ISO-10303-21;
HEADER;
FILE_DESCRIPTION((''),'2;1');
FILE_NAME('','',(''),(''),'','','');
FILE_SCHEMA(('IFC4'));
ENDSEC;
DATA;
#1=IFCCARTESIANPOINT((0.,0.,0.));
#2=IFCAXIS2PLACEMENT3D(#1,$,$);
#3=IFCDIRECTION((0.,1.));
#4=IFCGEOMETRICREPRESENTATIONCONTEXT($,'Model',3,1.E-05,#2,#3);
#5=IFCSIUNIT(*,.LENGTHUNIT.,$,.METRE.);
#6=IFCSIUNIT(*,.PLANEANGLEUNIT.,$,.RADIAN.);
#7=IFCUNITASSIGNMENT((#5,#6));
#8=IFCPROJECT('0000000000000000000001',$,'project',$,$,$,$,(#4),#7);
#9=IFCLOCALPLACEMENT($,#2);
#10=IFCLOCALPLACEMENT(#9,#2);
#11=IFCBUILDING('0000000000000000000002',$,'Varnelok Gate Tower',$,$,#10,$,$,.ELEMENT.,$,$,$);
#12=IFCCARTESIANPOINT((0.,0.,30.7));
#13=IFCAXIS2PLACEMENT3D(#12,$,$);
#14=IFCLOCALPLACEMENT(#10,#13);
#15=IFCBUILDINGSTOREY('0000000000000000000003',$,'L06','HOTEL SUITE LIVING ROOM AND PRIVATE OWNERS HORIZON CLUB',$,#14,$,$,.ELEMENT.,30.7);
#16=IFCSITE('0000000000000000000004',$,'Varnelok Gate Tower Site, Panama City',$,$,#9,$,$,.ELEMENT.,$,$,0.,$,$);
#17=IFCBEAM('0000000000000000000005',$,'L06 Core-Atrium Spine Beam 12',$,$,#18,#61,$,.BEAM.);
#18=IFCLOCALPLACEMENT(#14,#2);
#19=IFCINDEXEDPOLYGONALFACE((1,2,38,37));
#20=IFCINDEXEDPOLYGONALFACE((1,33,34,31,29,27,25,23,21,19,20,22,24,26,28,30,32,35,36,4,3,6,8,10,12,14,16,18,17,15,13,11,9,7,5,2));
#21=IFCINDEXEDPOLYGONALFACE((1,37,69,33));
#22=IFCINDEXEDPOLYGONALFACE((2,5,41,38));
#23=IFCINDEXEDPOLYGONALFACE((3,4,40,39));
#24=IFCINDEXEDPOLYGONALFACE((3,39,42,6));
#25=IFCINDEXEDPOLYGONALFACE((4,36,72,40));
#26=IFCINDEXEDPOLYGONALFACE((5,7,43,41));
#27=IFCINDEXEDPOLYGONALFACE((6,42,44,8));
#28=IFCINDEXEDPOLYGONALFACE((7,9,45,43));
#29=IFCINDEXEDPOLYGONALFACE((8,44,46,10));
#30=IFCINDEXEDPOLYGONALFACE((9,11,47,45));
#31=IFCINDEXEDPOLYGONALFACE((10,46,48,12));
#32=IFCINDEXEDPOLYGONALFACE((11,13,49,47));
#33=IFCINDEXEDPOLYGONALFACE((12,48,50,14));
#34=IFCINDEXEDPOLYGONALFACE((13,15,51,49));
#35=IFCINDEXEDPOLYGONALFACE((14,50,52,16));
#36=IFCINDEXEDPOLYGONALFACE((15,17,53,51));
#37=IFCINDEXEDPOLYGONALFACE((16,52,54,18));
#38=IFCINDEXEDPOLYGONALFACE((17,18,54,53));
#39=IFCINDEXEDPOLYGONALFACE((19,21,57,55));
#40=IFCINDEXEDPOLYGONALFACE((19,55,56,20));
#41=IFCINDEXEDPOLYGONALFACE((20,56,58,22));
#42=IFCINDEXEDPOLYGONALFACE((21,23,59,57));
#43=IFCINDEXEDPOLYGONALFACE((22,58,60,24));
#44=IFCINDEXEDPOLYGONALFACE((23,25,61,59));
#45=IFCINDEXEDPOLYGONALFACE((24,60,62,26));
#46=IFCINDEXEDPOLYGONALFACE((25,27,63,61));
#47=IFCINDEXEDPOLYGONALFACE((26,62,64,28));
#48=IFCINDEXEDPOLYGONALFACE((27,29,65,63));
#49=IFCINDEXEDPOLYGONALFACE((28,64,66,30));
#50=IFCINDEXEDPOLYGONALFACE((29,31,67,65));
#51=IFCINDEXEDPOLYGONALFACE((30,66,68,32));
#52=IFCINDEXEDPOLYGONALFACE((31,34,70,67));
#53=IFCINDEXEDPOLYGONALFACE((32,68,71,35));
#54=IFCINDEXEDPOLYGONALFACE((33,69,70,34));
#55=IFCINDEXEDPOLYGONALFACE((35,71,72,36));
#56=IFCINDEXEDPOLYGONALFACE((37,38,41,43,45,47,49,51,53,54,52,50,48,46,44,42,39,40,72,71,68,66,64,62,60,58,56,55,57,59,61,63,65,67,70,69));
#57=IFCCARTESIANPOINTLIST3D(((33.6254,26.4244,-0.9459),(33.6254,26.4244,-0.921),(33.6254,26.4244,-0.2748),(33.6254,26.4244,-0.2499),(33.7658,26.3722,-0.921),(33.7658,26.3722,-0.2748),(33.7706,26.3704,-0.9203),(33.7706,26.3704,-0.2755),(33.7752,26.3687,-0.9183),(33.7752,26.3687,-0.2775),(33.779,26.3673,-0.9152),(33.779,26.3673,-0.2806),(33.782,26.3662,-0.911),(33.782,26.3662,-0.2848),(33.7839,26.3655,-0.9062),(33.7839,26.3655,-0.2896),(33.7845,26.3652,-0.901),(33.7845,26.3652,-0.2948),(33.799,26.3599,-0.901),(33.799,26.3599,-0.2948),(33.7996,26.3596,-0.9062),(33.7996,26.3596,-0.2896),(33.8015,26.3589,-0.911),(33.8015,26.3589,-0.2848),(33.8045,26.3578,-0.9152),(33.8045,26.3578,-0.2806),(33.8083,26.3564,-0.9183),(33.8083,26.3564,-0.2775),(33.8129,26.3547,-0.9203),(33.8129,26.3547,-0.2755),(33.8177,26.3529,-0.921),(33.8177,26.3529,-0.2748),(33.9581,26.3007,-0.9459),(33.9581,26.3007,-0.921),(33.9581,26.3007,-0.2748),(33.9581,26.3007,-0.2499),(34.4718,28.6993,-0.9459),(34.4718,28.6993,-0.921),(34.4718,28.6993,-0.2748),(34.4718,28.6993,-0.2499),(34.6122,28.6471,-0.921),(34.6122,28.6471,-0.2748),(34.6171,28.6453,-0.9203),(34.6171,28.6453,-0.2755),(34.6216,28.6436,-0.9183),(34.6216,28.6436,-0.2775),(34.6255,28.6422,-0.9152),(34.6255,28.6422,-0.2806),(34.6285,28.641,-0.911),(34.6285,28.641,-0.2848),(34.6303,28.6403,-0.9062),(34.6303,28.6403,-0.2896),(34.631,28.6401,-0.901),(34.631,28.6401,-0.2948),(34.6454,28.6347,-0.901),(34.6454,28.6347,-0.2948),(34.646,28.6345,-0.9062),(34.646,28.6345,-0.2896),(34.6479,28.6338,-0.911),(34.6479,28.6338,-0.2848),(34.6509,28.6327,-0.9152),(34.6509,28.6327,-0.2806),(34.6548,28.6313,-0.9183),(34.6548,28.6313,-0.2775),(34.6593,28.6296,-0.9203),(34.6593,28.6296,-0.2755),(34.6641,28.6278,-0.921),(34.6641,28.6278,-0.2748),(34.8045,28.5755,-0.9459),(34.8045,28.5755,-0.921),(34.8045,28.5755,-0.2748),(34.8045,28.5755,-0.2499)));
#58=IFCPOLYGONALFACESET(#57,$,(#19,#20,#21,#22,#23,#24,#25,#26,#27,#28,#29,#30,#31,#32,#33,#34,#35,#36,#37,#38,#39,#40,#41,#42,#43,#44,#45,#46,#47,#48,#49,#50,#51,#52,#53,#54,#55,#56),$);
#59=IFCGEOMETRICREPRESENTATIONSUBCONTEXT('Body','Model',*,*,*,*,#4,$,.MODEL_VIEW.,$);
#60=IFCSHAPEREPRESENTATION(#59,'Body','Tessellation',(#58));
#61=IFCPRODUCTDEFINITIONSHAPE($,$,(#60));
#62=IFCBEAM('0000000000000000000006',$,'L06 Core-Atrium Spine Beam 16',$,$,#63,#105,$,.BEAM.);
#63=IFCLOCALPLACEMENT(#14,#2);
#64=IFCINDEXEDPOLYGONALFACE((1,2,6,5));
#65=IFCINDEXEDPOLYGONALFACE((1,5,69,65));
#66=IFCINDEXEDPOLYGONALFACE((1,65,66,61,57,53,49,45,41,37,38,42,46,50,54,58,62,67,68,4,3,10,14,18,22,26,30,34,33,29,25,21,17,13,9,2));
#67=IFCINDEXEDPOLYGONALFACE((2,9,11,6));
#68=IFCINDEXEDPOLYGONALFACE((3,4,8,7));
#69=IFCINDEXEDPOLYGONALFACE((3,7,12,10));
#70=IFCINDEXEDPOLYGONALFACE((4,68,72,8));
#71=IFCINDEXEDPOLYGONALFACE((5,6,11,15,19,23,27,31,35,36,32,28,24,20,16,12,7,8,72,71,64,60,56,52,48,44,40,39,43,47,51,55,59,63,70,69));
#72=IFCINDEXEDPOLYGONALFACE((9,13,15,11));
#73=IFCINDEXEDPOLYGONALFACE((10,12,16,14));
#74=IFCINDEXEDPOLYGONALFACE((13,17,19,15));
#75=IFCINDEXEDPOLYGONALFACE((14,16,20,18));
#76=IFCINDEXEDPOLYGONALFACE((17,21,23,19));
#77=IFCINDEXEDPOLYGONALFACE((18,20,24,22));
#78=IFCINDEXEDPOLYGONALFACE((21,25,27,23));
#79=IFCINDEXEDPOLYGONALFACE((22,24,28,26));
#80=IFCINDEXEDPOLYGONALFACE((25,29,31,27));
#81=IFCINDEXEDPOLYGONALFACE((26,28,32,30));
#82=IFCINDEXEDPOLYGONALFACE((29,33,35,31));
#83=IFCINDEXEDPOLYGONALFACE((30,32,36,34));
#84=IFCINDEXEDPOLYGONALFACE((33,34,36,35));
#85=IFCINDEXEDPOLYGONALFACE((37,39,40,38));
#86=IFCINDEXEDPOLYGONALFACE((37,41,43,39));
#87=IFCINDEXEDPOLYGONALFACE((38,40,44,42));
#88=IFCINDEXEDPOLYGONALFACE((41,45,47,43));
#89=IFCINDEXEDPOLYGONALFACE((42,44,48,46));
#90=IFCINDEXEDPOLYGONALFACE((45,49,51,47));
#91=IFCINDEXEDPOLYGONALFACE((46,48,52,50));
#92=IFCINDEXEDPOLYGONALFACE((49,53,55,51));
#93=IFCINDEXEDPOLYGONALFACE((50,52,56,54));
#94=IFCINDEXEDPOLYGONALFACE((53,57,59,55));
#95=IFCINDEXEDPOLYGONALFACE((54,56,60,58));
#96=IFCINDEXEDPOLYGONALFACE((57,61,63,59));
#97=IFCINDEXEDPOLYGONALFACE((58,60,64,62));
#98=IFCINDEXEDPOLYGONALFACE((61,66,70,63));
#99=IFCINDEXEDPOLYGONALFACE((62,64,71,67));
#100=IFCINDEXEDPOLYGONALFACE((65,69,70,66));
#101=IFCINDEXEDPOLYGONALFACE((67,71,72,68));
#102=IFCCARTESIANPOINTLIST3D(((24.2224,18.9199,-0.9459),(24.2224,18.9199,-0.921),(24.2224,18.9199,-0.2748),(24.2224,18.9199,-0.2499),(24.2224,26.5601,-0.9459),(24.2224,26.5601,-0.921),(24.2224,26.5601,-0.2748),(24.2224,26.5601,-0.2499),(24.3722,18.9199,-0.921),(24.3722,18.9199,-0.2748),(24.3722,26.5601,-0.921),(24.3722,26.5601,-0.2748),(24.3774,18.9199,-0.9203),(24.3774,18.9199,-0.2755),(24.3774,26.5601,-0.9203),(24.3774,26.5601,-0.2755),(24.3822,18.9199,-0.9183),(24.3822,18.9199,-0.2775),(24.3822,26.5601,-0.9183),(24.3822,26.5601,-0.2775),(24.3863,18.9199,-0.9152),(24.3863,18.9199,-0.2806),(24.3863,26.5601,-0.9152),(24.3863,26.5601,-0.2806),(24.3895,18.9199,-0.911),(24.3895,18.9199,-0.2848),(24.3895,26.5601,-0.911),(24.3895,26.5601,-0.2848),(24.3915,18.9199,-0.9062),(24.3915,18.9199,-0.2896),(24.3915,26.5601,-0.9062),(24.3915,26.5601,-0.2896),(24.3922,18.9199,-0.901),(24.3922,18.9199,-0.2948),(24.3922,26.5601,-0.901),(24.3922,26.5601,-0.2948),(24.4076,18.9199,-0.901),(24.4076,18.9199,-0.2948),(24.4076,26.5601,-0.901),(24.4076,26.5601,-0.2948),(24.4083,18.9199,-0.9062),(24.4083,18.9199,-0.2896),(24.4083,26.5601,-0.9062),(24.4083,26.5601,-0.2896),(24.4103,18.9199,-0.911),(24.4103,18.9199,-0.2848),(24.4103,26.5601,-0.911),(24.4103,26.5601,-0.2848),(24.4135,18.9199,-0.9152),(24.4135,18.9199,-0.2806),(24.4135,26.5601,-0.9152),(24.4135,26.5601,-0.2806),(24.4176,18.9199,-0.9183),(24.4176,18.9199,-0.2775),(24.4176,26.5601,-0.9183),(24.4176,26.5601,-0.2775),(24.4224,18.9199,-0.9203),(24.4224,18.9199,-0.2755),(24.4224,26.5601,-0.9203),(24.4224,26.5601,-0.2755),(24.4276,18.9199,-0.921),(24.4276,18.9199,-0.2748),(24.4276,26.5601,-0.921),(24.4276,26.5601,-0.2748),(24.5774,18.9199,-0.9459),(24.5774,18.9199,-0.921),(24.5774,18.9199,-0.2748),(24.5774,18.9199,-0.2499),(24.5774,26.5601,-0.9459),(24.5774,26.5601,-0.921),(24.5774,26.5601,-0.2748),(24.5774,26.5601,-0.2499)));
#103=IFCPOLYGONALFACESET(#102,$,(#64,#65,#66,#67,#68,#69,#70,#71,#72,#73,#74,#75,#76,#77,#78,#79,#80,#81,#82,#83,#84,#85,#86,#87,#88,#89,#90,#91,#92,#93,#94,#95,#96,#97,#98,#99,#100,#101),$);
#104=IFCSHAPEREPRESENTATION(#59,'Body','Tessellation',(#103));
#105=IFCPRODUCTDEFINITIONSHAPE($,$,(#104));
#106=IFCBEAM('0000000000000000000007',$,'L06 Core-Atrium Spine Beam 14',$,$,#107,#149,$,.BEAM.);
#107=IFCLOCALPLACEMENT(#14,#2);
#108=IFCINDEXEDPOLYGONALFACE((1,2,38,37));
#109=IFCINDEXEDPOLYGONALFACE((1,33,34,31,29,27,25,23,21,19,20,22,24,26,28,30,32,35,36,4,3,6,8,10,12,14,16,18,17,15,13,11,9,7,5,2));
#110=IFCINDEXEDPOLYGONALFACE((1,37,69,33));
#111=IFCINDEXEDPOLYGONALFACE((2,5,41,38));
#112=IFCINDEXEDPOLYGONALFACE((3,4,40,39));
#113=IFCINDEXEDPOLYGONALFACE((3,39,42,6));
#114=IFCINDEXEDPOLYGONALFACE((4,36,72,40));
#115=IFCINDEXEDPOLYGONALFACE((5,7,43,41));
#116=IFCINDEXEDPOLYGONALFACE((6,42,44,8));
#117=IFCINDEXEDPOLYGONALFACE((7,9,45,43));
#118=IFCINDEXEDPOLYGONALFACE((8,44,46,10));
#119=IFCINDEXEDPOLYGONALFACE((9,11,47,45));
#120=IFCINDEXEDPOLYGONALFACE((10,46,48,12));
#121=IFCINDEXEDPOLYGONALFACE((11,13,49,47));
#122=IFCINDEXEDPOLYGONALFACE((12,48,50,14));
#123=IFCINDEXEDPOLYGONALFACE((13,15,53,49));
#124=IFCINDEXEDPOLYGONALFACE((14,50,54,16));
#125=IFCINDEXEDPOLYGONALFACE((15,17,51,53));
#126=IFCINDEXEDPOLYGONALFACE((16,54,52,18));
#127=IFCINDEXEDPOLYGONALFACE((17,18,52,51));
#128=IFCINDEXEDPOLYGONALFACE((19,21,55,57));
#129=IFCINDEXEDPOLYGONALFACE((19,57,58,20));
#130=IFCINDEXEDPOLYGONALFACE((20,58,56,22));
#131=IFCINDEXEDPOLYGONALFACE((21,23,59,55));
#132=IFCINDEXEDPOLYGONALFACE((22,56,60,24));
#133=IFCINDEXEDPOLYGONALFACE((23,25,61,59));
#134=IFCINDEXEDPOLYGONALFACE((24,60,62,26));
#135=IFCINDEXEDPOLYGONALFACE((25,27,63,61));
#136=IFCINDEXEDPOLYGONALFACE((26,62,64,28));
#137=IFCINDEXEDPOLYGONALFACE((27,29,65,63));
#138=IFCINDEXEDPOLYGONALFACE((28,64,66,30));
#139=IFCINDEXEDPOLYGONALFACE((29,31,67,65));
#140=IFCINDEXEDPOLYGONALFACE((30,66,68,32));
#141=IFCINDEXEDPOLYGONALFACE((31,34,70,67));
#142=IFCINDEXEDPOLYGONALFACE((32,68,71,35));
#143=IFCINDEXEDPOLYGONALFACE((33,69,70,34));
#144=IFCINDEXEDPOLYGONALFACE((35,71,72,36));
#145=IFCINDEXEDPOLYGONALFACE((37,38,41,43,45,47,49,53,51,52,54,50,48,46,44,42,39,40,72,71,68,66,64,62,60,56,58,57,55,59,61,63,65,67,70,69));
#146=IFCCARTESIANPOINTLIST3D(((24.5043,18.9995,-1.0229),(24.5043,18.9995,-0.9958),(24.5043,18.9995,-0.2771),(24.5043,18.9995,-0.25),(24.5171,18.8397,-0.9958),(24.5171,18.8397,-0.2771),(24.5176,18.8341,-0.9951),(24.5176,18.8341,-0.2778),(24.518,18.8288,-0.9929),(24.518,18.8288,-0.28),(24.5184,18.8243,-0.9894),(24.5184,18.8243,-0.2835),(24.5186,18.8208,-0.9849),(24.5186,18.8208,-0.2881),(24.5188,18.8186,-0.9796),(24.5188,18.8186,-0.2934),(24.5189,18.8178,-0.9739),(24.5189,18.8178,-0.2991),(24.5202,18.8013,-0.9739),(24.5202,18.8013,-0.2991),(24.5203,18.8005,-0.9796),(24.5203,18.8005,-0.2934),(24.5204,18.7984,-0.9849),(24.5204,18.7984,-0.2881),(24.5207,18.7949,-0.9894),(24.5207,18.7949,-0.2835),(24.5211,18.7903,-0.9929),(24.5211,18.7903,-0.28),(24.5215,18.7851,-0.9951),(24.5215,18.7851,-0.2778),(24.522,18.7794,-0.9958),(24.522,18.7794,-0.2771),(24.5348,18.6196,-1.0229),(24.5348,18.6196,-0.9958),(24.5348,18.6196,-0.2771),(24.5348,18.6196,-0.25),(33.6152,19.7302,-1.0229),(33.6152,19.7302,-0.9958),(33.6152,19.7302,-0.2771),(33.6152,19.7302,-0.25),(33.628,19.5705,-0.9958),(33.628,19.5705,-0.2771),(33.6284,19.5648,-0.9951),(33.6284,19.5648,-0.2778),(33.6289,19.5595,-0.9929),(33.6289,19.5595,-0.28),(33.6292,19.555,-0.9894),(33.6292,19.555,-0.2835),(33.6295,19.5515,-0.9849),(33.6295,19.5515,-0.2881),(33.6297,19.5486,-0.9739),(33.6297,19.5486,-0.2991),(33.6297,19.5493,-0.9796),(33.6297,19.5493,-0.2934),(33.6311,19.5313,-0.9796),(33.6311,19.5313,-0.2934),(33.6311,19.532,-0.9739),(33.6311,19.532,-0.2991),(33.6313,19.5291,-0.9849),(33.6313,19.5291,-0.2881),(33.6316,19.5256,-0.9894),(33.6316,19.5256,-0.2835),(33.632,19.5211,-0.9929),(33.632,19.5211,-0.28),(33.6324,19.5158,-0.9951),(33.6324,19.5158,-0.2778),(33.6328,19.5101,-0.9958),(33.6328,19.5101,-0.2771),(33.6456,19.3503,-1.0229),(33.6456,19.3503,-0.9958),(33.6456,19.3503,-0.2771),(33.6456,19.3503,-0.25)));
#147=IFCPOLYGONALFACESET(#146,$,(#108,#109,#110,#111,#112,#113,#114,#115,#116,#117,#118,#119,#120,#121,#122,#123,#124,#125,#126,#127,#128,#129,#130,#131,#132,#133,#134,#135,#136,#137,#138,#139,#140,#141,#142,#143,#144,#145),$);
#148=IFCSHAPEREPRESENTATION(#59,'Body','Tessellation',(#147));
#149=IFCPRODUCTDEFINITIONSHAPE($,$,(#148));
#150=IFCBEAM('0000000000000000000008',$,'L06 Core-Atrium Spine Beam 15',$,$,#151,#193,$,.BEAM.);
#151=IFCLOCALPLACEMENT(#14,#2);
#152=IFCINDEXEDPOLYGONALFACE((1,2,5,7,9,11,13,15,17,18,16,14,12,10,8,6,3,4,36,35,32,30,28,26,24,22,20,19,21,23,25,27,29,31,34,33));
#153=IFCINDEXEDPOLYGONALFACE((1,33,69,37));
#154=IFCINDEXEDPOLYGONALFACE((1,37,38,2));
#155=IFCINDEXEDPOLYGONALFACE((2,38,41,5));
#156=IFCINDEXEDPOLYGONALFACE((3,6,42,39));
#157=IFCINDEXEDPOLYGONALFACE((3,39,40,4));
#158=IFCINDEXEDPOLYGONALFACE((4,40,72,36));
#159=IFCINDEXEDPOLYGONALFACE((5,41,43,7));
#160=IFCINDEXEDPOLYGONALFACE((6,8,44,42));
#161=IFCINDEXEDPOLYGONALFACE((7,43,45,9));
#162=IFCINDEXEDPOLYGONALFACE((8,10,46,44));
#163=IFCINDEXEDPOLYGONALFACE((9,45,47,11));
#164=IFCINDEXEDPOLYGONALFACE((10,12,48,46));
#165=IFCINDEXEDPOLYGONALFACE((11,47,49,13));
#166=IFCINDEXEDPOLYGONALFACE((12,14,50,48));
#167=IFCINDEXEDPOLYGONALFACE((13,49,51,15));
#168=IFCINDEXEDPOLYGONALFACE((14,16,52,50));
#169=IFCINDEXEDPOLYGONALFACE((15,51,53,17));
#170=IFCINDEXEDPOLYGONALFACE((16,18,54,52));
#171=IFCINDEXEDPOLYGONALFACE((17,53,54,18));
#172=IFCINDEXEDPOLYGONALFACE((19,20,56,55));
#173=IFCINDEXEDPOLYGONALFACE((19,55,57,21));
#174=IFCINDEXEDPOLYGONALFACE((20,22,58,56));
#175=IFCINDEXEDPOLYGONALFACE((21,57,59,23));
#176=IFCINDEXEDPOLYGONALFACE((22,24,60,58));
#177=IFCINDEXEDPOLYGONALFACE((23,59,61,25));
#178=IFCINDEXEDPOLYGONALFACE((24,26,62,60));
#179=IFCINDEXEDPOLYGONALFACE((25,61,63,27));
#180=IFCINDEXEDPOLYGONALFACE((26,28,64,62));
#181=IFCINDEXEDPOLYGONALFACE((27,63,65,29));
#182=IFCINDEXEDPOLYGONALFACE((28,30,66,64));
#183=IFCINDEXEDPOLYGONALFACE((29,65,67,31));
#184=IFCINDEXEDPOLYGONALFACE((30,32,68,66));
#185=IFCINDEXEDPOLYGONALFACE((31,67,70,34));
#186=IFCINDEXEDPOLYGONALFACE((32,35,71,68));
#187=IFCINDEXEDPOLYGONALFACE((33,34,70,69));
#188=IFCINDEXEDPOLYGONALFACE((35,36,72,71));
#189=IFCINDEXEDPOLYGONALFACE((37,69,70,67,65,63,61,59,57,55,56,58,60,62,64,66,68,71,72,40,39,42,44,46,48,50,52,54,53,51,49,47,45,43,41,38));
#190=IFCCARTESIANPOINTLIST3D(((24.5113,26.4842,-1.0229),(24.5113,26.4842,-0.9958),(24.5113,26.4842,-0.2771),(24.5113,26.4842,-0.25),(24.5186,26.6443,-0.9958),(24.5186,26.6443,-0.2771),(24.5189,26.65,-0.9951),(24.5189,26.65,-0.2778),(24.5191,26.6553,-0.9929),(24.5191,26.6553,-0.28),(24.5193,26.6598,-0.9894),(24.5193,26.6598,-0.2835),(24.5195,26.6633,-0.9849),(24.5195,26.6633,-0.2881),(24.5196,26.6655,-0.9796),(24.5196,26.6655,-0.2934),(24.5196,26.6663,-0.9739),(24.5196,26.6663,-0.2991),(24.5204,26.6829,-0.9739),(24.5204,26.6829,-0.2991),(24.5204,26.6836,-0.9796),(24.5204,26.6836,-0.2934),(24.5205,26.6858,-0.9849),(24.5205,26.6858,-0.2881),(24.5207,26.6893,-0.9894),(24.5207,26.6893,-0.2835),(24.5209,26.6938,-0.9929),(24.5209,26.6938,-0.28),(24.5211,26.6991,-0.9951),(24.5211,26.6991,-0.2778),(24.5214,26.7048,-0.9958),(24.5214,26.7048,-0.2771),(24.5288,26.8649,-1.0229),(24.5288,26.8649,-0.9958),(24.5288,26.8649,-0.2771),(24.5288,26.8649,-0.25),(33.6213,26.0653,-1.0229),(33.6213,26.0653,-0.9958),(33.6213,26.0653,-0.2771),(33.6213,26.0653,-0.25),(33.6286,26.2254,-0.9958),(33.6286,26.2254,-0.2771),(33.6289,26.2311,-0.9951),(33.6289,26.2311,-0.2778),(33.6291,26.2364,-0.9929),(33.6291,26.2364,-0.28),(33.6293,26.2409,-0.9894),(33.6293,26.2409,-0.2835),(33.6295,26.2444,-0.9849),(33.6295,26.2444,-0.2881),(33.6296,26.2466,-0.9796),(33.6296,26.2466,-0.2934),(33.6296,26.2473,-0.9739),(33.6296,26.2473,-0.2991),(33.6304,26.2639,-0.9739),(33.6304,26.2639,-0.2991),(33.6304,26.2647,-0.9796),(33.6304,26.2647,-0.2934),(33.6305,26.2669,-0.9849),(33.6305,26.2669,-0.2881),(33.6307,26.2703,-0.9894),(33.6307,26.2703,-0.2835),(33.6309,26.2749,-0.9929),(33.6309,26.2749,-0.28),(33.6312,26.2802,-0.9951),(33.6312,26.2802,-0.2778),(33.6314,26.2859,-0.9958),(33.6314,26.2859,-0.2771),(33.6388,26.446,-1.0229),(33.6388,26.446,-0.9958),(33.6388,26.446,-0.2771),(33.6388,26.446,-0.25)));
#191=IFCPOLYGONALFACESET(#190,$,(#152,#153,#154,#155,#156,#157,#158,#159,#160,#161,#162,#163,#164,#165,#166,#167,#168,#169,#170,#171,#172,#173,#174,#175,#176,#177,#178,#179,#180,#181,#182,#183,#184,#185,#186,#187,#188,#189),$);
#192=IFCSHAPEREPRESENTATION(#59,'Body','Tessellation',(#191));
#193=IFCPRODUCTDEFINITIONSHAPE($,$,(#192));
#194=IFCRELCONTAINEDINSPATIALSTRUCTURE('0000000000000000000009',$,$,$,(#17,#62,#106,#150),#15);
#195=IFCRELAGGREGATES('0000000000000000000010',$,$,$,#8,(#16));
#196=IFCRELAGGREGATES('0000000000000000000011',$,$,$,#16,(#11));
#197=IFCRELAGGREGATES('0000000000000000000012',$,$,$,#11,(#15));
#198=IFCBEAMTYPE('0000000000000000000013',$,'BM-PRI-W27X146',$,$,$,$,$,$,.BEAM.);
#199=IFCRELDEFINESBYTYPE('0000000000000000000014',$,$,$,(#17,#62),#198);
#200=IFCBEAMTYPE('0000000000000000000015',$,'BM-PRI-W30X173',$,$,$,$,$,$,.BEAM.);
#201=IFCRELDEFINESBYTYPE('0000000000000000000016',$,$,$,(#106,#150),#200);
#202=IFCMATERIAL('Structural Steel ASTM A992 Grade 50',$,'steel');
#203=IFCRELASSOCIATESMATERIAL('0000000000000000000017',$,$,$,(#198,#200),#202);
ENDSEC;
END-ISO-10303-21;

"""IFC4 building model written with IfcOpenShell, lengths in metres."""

from ifc_helpers import new_model, si_unit, direction, frame, origin, origin_2d, place, context, subcontext, project, spatial, i_section, extrude, material, material_profile, profile_set, type_object, element, save


model = new_model("IFC4")

# Units and contexts
model_context = context("Model", 3, precision=1e-05, world=origin(), true_north=direction((0.0, 1.0)))
body_context = subcontext(model_context, "Body", "Model", "MODEL_VIEW")
ifc_project = project(units=[si_unit("LENGTHUNIT", "METRE"), si_unit("PLANEANGLEUNIT", "RADIAN")], contexts=[model_context])

# Site, building, storey
site_placement = place(None, origin())
site = spatial("IfcSite", under=ifc_project, at=site_placement, Name="Varnelok Gate Tower Site, Panama City", CompositionType="ELEMENT", RefElevation=0.0)
building_placement = place(site_placement, origin())
building = spatial("IfcBuilding", under=site, at=building_placement, Name="Varnelok Gate Tower", CompositionType="ELEMENT")
storey_placement = place(building_placement, frame((0.0, 0.0, 30.7)))
storey = spatial("IfcBuildingStorey", under=building, at=storey_placement, Name="L06", Description="HOTEL SUITE LIVING ROOM AND PRIVATE OWNERS HORIZON CLUB", CompositionType="ELEMENT", Elevation=30.7)

# Shared definitions
ifc_material_1 = material(Name="Structural Steel ASTM A992 Grade 50", Category="steel")

# Beams
ifc_material_profile_1 = material_profile(ifc_material_1, i_section(OverallWidth=0.355, OverallDepth=0.696, WebThickness=0.0154, FlangeThickness=0.0249, FilletRadius=0.02, at=origin_2d()), Name="W27X146")
ifc_profile_set_1 = profile_set([ifc_material_profile_1], Name="Structural Steel ASTM A992 Grade 50")
beam_type_1 = type_object("IfcBeamType", Name="BM-PRI-W27X146", PredefinedType="BEAM", material=ifc_profile_set_1)
beam_1_placement = place(storey_placement, frame((33.7917, 26.3625, -0.5979), z_axis=(0.348719, 0.937227, 0.0), x_axis=(-0.937227, 0.348719, 0.0)))
element("IfcBeam", 1, at=beam_1_placement, inside=storey, type_object=beam_type_1, Name="L06 Core-Atrium Spine Beam 12", PredefinedType="BEAM", context=body_context, shape_type="SweptSolid", body=[
    extrude(i_section(OverallWidth=0.355, OverallDepth=0.696, WebThickness=0.0154, FlangeThickness=0.0249, FilletRadius=0.02, at=origin_2d()), origin(), (0.0, 0.0, 1.0), 2.4272),
])
beam_2_placement = place(storey_placement, frame((24.3999, 18.9199, -0.5979), z_axis=(0.0, 1.0, 0.0), x_axis=(-1.0, 0.0, 0.0)))
element("IfcBeam", 2, at=beam_2_placement, inside=storey, type_object=beam_type_1, Name="L06 Core-Atrium Spine Beam 16", PredefinedType="BEAM", context=body_context, shape_type="SweptSolid", body=[
    extrude(i_section(OverallWidth=0.355, OverallDepth=0.696, WebThickness=0.0154, FlangeThickness=0.0249, FilletRadius=0.02, at=origin_2d()), origin(), (0.0, 0.0, 1.0), 7.6401),
])
ifc_material_profile_2 = material_profile(ifc_material_1, i_section(OverallWidth=0.3811, OverallDepth=0.7729, WebThickness=0.0166, FlangeThickness=0.0271, FilletRadius=0.022, at=origin_2d()), Name="W30X173")
ifc_profile_set_2 = profile_set([ifc_material_profile_2], Name="Structural Steel ASTM A992 Grade 50")
beam_type_2 = type_object("IfcBeamType", Name="BM-PRI-W30X173", PredefinedType="BEAM", material=ifc_profile_set_2)
beam_3_placement = place(storey_placement, frame((24.5195, 18.8096, -0.6365), z_axis=(0.996799, 0.079946, 0.0), x_axis=(-0.079946, 0.996799, 0.0)))
element("IfcBeam", 3, at=beam_3_placement, inside=storey, type_object=beam_type_2, Name="L06 Core-Atrium Spine Beam 14", PredefinedType="BEAM", context=body_context, shape_type="SweptSolid", body=[
    extrude(i_section(OverallWidth=0.3811, OverallDepth=0.7729, WebThickness=0.0166, FlangeThickness=0.0271, FilletRadius=0.022, at=origin_2d()), origin(), (0.0, 0.0, 1.0), 9.1401),
])
beam_4_placement = place(storey_placement, frame((24.52, 26.6746, -0.6365), z_axis=(0.998944, -0.045938, 0.0), x_axis=(0.045938, 0.998944, 0.0)))
element("IfcBeam", 4, at=beam_4_placement, inside=storey, type_object=beam_type_2, Name="L06 Core-Atrium Spine Beam 15", PredefinedType="BEAM", context=body_context, shape_type="SweptSolid", body=[
    extrude(i_section(OverallWidth=0.3811, OverallDepth=0.7729, WebThickness=0.0166, FlangeThickness=0.0271, FilletRadius=0.022, at=origin_2d()), origin(), (0.0, 0.0, 1.0), 9.1196),
])

save(model, "model.ifc")
